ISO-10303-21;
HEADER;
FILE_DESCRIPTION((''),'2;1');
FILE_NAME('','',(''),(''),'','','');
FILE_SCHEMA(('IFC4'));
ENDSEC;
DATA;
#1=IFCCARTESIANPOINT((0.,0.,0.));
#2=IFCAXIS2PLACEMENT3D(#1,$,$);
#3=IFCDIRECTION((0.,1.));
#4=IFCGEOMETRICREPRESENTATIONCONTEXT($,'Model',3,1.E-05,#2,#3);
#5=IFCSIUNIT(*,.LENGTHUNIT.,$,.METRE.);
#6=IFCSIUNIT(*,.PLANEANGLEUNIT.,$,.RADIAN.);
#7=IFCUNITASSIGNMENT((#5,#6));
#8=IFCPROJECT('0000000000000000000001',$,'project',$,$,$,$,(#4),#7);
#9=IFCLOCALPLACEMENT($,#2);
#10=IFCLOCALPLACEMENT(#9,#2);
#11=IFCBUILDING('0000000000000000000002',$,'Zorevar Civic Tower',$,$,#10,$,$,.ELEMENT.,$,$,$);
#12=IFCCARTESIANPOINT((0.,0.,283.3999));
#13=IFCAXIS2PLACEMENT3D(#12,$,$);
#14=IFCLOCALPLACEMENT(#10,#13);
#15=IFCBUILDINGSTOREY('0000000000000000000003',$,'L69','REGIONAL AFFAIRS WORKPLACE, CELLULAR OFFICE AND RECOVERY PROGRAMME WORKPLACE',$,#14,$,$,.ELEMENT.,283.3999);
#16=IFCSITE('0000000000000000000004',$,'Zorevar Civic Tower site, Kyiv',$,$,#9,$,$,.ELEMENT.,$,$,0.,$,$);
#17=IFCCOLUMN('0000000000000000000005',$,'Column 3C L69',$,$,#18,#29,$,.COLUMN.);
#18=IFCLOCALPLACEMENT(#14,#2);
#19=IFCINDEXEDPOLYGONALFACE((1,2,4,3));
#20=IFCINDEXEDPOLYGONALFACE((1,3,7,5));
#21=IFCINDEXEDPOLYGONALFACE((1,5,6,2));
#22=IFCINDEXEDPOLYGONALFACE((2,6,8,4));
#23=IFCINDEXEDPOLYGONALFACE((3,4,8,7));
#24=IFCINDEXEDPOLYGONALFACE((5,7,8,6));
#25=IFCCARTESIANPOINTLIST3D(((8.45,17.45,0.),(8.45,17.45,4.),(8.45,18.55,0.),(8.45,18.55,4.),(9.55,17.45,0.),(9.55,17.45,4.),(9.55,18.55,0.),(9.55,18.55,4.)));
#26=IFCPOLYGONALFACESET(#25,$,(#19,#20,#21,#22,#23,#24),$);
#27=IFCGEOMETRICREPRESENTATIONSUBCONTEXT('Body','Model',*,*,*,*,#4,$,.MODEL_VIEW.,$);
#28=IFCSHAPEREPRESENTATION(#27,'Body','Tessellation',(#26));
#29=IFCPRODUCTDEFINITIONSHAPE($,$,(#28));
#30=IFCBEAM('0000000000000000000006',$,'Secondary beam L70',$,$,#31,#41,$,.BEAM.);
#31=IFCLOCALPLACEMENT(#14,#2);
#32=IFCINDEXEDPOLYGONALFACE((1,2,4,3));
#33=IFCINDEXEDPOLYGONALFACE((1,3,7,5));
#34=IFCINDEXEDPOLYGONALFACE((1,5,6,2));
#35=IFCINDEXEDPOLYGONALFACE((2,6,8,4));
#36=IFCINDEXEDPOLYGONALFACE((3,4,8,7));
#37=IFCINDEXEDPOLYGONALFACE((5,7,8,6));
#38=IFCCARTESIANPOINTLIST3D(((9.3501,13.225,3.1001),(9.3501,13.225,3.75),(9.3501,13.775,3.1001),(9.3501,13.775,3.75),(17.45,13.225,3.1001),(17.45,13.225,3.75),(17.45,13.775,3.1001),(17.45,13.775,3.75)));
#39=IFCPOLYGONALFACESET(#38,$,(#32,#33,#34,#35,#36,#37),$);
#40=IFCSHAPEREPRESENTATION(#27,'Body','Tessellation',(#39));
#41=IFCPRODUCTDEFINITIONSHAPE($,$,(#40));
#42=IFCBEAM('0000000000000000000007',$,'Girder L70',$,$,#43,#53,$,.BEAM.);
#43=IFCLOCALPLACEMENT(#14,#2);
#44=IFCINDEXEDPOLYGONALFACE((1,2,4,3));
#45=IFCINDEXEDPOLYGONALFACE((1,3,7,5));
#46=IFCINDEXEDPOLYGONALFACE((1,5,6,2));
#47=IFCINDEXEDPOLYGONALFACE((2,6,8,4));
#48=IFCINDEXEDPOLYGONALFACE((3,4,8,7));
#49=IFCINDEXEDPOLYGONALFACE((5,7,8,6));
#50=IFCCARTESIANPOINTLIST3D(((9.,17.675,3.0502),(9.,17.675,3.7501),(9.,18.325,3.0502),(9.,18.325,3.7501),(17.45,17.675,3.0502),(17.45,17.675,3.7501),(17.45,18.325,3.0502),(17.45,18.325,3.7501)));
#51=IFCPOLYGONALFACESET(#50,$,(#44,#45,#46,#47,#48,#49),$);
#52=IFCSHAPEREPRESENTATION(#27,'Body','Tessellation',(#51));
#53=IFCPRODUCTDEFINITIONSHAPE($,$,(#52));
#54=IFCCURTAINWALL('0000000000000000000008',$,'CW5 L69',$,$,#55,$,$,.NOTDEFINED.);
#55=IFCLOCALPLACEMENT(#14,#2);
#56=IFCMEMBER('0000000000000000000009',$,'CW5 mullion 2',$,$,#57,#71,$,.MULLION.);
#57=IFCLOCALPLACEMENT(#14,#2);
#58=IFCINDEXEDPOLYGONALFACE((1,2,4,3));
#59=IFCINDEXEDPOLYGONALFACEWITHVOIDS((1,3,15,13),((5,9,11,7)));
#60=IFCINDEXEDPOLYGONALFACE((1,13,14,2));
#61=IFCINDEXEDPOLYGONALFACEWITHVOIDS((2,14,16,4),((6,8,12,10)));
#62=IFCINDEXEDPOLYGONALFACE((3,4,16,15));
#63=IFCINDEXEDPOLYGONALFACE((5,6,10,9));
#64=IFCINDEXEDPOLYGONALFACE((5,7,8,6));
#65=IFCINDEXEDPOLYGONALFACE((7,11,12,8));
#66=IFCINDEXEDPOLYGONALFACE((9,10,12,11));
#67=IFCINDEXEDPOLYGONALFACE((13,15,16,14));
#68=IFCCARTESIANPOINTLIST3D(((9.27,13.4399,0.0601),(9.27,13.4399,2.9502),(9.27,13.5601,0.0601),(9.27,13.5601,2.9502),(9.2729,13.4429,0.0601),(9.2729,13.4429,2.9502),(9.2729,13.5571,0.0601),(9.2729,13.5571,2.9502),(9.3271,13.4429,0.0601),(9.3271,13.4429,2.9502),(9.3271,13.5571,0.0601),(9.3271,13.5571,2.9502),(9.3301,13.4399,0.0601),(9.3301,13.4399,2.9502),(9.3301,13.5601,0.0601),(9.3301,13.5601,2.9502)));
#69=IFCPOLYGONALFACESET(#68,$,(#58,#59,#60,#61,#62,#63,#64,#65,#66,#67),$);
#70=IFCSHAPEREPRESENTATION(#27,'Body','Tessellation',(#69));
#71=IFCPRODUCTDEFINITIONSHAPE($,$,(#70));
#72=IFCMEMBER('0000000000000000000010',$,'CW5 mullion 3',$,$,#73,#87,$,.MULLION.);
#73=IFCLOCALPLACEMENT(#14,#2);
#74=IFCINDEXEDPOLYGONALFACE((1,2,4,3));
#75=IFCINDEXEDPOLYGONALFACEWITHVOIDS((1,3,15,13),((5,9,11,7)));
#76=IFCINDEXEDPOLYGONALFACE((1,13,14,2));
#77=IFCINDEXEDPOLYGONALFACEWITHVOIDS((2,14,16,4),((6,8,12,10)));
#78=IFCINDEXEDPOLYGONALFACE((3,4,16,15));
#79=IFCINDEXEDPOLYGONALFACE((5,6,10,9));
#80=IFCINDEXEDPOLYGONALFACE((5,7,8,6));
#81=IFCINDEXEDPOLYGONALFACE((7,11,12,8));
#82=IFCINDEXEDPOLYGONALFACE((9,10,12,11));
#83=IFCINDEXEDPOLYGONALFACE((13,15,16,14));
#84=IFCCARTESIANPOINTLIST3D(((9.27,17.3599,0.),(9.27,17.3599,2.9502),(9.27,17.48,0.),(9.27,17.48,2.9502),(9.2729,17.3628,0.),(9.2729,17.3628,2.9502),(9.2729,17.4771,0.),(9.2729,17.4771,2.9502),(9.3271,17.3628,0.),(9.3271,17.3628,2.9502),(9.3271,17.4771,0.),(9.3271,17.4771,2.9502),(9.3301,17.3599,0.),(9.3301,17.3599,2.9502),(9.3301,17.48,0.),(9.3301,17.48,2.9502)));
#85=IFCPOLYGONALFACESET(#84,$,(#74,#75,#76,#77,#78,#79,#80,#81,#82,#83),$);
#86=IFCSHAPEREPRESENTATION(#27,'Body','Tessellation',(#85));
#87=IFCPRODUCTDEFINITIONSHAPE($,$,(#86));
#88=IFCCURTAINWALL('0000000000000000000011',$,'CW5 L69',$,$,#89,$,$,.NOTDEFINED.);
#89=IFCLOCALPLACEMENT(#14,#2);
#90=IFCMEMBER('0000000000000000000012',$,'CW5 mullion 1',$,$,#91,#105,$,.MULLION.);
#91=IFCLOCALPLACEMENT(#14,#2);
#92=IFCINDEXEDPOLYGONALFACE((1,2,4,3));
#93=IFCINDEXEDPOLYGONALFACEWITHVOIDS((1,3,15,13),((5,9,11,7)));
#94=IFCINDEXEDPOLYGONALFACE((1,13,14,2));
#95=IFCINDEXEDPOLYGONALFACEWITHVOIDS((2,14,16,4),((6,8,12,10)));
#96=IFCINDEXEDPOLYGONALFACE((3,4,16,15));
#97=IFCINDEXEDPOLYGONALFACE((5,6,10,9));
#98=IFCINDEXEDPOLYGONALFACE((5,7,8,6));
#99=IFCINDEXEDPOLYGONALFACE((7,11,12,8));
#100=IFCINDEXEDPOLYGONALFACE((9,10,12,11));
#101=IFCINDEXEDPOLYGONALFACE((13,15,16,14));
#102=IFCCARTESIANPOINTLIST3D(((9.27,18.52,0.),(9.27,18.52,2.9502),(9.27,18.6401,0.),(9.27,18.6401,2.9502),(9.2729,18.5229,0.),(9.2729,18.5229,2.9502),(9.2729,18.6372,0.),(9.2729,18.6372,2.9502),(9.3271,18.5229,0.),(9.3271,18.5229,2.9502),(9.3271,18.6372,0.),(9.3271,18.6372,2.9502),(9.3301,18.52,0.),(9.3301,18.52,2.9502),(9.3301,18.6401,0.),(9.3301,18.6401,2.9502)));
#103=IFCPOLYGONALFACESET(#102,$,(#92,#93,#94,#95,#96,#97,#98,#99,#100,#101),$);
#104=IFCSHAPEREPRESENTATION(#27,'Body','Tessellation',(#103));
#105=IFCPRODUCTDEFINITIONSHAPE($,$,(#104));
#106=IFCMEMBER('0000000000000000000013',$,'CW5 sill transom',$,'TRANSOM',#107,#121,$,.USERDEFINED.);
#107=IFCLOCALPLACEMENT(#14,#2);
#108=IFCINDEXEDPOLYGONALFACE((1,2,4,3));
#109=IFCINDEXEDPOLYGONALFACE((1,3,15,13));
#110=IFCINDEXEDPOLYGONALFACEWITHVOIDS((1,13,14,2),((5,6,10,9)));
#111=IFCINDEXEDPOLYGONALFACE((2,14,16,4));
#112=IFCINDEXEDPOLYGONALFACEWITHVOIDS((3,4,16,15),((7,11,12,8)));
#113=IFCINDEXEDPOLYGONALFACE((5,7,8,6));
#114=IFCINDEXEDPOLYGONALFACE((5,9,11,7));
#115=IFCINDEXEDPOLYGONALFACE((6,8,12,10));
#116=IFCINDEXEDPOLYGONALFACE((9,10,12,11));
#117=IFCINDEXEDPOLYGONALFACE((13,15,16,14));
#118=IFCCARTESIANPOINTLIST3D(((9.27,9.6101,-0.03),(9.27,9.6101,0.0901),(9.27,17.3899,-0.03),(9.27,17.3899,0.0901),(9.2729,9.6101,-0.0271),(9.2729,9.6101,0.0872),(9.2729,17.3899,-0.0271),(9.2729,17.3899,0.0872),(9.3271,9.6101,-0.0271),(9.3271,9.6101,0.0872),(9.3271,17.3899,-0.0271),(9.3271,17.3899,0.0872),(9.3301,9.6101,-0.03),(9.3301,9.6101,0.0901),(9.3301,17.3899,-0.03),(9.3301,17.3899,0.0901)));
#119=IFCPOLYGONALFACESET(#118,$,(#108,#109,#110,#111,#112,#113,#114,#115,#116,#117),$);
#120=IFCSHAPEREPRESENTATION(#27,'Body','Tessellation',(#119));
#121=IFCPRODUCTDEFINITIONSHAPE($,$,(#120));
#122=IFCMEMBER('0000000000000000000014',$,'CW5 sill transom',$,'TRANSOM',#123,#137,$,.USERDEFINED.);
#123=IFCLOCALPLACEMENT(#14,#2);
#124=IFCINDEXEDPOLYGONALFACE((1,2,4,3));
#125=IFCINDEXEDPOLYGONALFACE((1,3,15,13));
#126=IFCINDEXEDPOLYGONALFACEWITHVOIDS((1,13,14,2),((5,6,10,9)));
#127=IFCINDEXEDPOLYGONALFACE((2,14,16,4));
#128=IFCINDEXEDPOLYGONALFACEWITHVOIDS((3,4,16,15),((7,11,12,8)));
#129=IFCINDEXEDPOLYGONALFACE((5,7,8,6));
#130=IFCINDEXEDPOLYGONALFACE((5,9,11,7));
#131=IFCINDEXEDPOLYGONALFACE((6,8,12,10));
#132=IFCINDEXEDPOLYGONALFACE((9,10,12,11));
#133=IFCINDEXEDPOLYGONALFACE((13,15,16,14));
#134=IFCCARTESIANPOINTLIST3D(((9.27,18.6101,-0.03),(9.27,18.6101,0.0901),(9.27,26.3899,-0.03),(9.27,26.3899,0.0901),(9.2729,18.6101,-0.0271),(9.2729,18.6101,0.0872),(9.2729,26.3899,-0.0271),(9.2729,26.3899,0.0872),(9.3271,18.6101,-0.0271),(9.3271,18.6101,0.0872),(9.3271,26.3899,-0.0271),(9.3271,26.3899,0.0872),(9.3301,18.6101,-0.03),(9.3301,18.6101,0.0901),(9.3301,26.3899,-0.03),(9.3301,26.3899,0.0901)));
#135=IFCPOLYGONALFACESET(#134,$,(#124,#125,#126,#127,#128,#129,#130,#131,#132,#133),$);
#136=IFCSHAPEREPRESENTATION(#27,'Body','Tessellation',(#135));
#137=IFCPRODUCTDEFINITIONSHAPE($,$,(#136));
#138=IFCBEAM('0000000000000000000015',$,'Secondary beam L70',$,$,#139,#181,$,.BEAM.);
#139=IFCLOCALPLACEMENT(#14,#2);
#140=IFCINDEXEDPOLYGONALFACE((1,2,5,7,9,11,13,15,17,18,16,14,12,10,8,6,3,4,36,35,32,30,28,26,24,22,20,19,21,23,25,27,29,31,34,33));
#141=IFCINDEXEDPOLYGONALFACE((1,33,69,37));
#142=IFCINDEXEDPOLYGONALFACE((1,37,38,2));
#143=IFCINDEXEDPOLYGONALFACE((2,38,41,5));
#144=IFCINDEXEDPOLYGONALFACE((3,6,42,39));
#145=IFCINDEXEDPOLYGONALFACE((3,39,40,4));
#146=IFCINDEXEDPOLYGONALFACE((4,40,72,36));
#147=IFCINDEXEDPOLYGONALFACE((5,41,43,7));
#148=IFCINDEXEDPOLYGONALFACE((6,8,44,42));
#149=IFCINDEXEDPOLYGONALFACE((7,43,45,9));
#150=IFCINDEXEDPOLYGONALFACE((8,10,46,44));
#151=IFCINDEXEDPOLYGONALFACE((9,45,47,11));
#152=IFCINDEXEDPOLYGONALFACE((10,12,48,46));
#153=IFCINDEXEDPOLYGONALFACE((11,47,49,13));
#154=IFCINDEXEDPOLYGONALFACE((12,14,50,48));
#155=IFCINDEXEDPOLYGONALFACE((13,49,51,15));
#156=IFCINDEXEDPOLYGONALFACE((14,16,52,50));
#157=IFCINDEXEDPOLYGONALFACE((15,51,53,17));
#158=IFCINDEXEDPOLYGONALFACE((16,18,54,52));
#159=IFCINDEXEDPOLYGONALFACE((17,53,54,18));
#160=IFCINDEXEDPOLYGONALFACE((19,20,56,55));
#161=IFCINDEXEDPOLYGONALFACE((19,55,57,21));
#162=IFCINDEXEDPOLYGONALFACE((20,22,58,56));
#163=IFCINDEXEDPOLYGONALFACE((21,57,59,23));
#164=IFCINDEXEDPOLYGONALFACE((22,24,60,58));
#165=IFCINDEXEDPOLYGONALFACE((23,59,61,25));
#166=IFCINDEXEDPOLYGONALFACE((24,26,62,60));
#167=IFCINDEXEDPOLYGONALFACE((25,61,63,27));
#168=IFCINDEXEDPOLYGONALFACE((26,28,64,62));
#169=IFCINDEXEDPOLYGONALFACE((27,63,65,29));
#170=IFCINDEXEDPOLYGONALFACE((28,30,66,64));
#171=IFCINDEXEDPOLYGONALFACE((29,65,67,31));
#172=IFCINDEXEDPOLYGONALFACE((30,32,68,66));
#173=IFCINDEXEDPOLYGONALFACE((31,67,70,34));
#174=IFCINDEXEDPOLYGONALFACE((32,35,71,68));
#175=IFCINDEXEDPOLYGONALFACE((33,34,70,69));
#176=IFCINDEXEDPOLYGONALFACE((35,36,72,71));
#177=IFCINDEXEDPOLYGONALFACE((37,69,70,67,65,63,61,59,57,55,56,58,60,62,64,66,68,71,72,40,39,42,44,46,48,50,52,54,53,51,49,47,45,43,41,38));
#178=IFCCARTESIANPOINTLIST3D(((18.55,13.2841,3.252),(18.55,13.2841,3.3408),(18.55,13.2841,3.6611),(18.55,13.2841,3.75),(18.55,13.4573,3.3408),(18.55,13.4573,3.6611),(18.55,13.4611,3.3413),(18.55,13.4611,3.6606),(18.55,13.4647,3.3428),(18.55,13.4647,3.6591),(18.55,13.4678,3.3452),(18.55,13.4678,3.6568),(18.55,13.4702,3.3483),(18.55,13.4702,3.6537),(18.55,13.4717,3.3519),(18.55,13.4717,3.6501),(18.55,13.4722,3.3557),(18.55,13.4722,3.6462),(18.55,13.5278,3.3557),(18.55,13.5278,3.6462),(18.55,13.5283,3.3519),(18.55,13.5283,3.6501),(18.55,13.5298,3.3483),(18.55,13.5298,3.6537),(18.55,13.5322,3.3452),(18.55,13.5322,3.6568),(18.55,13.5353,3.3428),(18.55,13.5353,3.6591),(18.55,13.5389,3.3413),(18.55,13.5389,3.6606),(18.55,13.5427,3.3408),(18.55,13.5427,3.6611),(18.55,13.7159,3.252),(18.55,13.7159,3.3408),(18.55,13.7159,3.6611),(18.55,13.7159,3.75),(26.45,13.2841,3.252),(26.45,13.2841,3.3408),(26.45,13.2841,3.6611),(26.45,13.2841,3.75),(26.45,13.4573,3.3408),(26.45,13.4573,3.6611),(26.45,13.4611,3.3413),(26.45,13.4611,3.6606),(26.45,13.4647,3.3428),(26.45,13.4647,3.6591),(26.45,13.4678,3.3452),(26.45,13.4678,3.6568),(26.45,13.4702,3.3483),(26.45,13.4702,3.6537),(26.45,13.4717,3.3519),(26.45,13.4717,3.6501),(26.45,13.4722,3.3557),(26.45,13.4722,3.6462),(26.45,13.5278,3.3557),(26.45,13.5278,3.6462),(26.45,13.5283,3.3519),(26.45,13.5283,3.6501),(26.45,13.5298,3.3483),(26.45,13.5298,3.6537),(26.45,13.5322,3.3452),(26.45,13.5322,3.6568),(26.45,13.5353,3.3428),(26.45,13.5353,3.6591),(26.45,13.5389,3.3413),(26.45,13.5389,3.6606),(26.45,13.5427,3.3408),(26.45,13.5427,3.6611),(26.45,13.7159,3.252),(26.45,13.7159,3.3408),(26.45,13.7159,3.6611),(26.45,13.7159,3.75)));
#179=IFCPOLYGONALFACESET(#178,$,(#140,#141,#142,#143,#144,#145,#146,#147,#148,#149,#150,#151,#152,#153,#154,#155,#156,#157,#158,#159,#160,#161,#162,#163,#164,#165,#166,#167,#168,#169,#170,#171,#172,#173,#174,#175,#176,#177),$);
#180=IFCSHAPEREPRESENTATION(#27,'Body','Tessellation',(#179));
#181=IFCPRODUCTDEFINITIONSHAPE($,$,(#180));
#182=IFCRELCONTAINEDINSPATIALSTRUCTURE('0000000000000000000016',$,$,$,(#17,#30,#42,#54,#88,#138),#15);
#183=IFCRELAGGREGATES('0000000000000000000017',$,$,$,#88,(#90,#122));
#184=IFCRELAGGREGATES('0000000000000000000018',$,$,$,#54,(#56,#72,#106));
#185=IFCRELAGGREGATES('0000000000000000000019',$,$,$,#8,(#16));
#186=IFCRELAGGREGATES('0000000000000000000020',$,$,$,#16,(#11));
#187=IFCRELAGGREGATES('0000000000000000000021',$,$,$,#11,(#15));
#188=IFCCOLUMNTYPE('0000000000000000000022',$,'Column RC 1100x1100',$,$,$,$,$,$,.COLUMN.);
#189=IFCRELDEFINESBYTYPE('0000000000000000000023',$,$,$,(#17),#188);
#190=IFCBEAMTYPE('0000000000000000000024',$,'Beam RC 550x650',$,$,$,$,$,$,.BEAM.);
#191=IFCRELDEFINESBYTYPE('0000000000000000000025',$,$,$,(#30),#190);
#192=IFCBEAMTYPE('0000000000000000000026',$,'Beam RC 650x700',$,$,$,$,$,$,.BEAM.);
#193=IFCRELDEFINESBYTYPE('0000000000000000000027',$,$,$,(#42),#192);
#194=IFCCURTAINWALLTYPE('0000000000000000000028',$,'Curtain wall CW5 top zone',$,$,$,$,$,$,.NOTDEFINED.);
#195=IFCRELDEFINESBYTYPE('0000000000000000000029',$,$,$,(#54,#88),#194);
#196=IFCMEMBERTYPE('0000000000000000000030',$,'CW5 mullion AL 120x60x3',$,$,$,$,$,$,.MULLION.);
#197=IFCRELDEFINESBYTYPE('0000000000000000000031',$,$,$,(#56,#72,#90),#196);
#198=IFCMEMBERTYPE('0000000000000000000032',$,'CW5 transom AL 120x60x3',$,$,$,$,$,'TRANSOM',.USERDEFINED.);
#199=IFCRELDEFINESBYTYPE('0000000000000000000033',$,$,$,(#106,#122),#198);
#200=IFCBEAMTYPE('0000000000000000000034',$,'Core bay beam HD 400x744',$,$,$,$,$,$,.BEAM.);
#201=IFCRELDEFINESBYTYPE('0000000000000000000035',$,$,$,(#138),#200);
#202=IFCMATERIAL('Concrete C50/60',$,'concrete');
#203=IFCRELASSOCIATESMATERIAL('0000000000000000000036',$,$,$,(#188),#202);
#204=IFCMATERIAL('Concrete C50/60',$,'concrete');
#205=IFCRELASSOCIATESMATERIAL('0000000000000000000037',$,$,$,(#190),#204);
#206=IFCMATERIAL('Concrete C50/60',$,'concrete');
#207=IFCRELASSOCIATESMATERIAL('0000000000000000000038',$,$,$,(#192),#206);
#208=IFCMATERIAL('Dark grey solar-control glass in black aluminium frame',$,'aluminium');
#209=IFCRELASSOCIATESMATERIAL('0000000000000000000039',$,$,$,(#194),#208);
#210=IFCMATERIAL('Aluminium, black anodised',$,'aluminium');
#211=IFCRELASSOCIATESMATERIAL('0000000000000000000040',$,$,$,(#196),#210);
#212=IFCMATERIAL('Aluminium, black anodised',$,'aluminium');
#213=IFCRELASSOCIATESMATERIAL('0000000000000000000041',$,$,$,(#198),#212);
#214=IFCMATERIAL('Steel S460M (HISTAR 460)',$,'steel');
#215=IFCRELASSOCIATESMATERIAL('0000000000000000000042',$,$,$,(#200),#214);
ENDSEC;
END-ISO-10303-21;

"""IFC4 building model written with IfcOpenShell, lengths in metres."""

from ifc_helpers import new_model, si_unit, direction, frame, origin, origin_2d, place, context, subcontext, project, spatial, rectangle, hollow_rectangle, i_section, extrude, material, material_profile, profile_set, type_object, element, aggregate, save


model = new_model("IFC4")

# Units and contexts
model_context = context("Model", 3, precision=1e-05, world=origin(), true_north=direction((0.0, 1.0)))
body_context = subcontext(model_context, "Body", "Model", "MODEL_VIEW")
ifc_project = project(units=[si_unit("LENGTHUNIT", "METRE"), si_unit("PLANEANGLEUNIT", "RADIAN")], contexts=[model_context])

# Site, building, storey
site_placement = place(None, origin())
site = spatial("IfcSite", under=ifc_project, at=site_placement, Name="Zorevar Civic Tower site, Kyiv", CompositionType="ELEMENT", RefElevation=0.0)
building_placement = place(site_placement, origin())
building = spatial("IfcBuilding", under=site, at=building_placement, Name="Zorevar Civic Tower", CompositionType="ELEMENT")
storey_placement = place(building_placement, frame((0.0, 0.0, 283.3999)))
storey = spatial("IfcBuildingStorey", under=building, at=storey_placement, Name="L69", Description="REGIONAL AFFAIRS WORKPLACE, CELLULAR OFFICE AND RECOVERY PROGRAMME WORKPLACE", CompositionType="ELEMENT", Elevation=283.3999)

# Column
ifc_material_1 = material(Name="Concrete C50/60", Category="concrete")
ifc_material_profile_1 = material_profile(ifc_material_1, rectangle(XDim=1.1001, YDim=1.1001, at=origin_2d()), Name="RC 1100x1100")
ifc_profile_set_1 = profile_set([ifc_material_profile_1], Name="Concrete C50/60")
column_type = type_object("IfcColumnType", Name="Column RC 1100x1100", PredefinedType="COLUMN", material=ifc_profile_set_1)
column_placement = place(storey_placement, frame((9.0, 18.0, 0.0), z_axis=(0.0, 0.0, 1.0), x_axis=(1.0, 0.0, 0.0)))
element("IfcColumn", 1, at=column_placement, inside=storey, type_object=column_type, Name="Column 3C L69", PredefinedType="COLUMN", context=body_context, shape_type="SweptSolid", body=[
    extrude(rectangle(XDim=1.1001, YDim=1.1001, at=origin_2d()), origin(), (0.0, 0.0, 1.0), 4.0),
])

# Beams
ifc_material_2 = material(Name="Concrete C50/60", Category="concrete")
ifc_material_profile_2 = material_profile(ifc_material_2, rectangle(XDim=0.55, YDim=0.6499, at=origin_2d()), Name="RC 550x650")
ifc_profile_set_2 = profile_set([ifc_material_profile_2], Name="Concrete C50/60")
beam_type_1 = type_object("IfcBeamType", Name="Beam RC 550x650", PredefinedType="BEAM", material=ifc_profile_set_2)
beam_1_placement = place(storey_placement, frame((9.3501, 13.5, 3.425), z_axis=(1.0, 0.0, 0.0), x_axis=(0.0, 1.0, 0.0)))
element("IfcBeam", 2, at=beam_1_placement, inside=storey, type_object=beam_type_1, Name="Secondary beam L70", PredefinedType="BEAM", context=body_context, shape_type="SweptSolid", body=[
    extrude(rectangle(XDim=0.55, YDim=0.6499, at=origin_2d()), origin(), (0.0, 0.0, 1.0), 8.0999),
])
ifc_material_3 = material(Name="Concrete C50/60", Category="concrete")
ifc_material_profile_3 = material_profile(ifc_material_3, rectangle(XDim=0.6499, YDim=0.7, at=origin_2d()), Name="RC 650x700")
ifc_profile_set_3 = profile_set([ifc_material_profile_3], Name="Concrete C50/60")
beam_type_2 = type_object("IfcBeamType", Name="Beam RC 650x700", PredefinedType="BEAM", material=ifc_profile_set_3)
beam_2_placement = place(storey_placement, frame((9.0, 18.0, 3.4001), z_axis=(1.0, 0.0, 0.0), x_axis=(0.0, 1.0, 0.0)))
element("IfcBeam", 3, at=beam_2_placement, inside=storey, type_object=beam_type_2, Name="Girder L70", PredefinedType="BEAM", context=body_context, shape_type="SweptSolid", body=[
    extrude(rectangle(XDim=0.6499, YDim=0.7, at=origin_2d()), origin(), (0.0, 0.0, 1.0), 8.45),
])

# Curtain wall, members
ifc_material_4 = material(Name="Dark grey solar-control glass in black aluminium frame", Category="aluminium")
curtain_wall_type = type_object("IfcCurtainWallType", Name="Curtain wall CW5 top zone", PredefinedType="NOTDEFINED", material=ifc_material_4)
curtain_wall_1_placement = place(storey_placement, origin())
curtain_wall_1 = element("IfcCurtainWall", 4, at=curtain_wall_1_placement, inside=storey, type_object=curtain_wall_type, Name="CW5 L69", PredefinedType="NOTDEFINED")
ifc_material_5 = material(Name="Aluminium, black anodised", Category="aluminium")
ifc_material_profile_4 = material_profile(ifc_material_5, hollow_rectangle(XDim=0.0601, YDim=0.1201, WallThickness=0.0029, at=origin_2d()), Name="AL 120x60x3")
ifc_profile_set_4 = profile_set([ifc_material_profile_4], Name="Aluminium, black anodised")
member_type_1 = type_object("IfcMemberType", Name="CW5 mullion AL 120x60x3", PredefinedType="MULLION", material=ifc_profile_set_4)
member_1_placement = place(storey_placement, frame((9.3, 13.5, 0.0601), z_axis=(0.0, 0.0, 1.0), x_axis=(-1.0, 0.0, 0.0)))
member_1 = element("IfcMember", 5, at=member_1_placement, type_object=member_type_1, Name="CW5 mullion 2", PredefinedType="MULLION", context=body_context, shape_type="SweptSolid", body=[
    extrude(hollow_rectangle(XDim=0.0601, YDim=0.1201, WallThickness=0.0029, at=origin_2d()), origin(), (0.0, 0.0, 1.0), 2.8901),
])
member_2_placement = place(storey_placement, frame((9.3, 17.4199, 0.0), z_axis=(0.0, 0.0, 1.0), x_axis=(-1.0, 0.0, 0.0)))
member_2 = element("IfcMember", 6, at=member_2_placement, type_object=member_type_1, Name="CW5 mullion 3", PredefinedType="MULLION", context=body_context, shape_type="SweptSolid", body=[
    extrude(hollow_rectangle(XDim=0.0601, YDim=0.1201, WallThickness=0.0029, at=origin_2d()), origin(), (0.0, 0.0, 1.0), 2.9502),
])

# Curtain wall, member
curtain_wall_2_placement = place(storey_placement, origin())
curtain_wall_2 = element("IfcCurtainWall", 7, at=curtain_wall_2_placement, inside=storey, type_object=curtain_wall_type, Name="CW5 L69", PredefinedType="NOTDEFINED")
member_3_placement = place(storey_placement, frame((9.3, 18.5801, 0.0), z_axis=(0.0, 0.0, 1.0), x_axis=(-1.0, 0.0, 0.0)))
member_3 = element("IfcMember", 8, at=member_3_placement, type_object=member_type_1, Name="CW5 mullion 1", PredefinedType="MULLION", context=body_context, shape_type="SweptSolid", body=[
    extrude(hollow_rectangle(XDim=0.0601, YDim=0.1201, WallThickness=0.0029, at=origin_2d()), origin(), (0.0, 0.0, 1.0), 2.9502),
])

# Members
ifc_material_6 = material(Name="Aluminium, black anodised", Category="aluminium")
ifc_material_profile_5 = material_profile(ifc_material_6, hollow_rectangle(XDim=0.0601, YDim=0.1201, WallThickness=0.0029, at=origin_2d()), Name="AL 120x60x3")
ifc_profile_set_5 = profile_set([ifc_material_profile_5], Name="Aluminium, black anodised")
member_type_2 = type_object("IfcMemberType", Name="CW5 transom AL 120x60x3", ElementType="TRANSOM", PredefinedType="USERDEFINED", material=ifc_profile_set_5)
member_4_placement = place(storey_placement, frame((9.3, 9.6101, 0.03), z_axis=(0.0, 1.0, 0.0), x_axis=(-1.0, 0.0, 0.0)))
member_4 = element("IfcMember", 9, at=member_4_placement, type_object=member_type_2, Name="CW5 sill transom", ObjectType="TRANSOM", PredefinedType="USERDEFINED", context=body_context, shape_type="SweptSolid", body=[
    extrude(hollow_rectangle(XDim=0.0601, YDim=0.1201, WallThickness=0.0029, at=origin_2d()), origin(), (0.0, 0.0, 1.0), 7.7798),
])
member_5_placement = place(storey_placement, frame((9.3, 18.6101, 0.03), z_axis=(0.0, 1.0, 0.0), x_axis=(-1.0, 0.0, 0.0)))
member_5 = element("IfcMember", 10, at=member_5_placement, type_object=member_type_2, Name="CW5 sill transom", ObjectType="TRANSOM", PredefinedType="USERDEFINED", context=body_context, shape_type="SweptSolid", body=[
    extrude(hollow_rectangle(XDim=0.0601, YDim=0.1201, WallThickness=0.0029, at=origin_2d()), origin(), (0.0, 0.0, 1.0), 7.7798),
])
aggregate(curtain_wall_2, [member_3, member_5])

# Beam
ifc_material_7 = material(Name="Steel S460M (HISTAR 460)", Category="steel")
ifc_material_profile_6 = material_profile(ifc_material_7, i_section(OverallWidth=0.4319, OverallDepth=0.498, WebThickness=0.0557, FlangeThickness=0.0889, FilletRadius=0.0149, at=origin_2d()), Name="HD 400x744")
ifc_profile_set_6 = profile_set([ifc_material_profile_6], Name="Steel S460M (HISTAR 460)")
beam_type_3 = type_object("IfcBeamType", Name="Core bay beam HD 400x744", PredefinedType="BEAM", material=ifc_profile_set_6)
beam_3_placement = place(storey_placement, frame((18.55, 13.5, 3.501), z_axis=(1.0, 0.0, 0.0), x_axis=(0.0, 1.0, 0.0)))
element("IfcBeam", 11, at=beam_3_placement, inside=storey, type_object=beam_type_3, Name="Secondary beam L70", PredefinedType="BEAM", context=body_context, shape_type="SweptSolid", body=[
    extrude(i_section(OverallWidth=0.4319, OverallDepth=0.498, WebThickness=0.0557, FlangeThickness=0.0889, FilletRadius=0.0149, at=origin_2d()), origin(), (0.0, 0.0, 1.0), 7.8999),
])

aggregate(curtain_wall_1, [member_1, member_2, member_4])

save(model, "model.ifc")
